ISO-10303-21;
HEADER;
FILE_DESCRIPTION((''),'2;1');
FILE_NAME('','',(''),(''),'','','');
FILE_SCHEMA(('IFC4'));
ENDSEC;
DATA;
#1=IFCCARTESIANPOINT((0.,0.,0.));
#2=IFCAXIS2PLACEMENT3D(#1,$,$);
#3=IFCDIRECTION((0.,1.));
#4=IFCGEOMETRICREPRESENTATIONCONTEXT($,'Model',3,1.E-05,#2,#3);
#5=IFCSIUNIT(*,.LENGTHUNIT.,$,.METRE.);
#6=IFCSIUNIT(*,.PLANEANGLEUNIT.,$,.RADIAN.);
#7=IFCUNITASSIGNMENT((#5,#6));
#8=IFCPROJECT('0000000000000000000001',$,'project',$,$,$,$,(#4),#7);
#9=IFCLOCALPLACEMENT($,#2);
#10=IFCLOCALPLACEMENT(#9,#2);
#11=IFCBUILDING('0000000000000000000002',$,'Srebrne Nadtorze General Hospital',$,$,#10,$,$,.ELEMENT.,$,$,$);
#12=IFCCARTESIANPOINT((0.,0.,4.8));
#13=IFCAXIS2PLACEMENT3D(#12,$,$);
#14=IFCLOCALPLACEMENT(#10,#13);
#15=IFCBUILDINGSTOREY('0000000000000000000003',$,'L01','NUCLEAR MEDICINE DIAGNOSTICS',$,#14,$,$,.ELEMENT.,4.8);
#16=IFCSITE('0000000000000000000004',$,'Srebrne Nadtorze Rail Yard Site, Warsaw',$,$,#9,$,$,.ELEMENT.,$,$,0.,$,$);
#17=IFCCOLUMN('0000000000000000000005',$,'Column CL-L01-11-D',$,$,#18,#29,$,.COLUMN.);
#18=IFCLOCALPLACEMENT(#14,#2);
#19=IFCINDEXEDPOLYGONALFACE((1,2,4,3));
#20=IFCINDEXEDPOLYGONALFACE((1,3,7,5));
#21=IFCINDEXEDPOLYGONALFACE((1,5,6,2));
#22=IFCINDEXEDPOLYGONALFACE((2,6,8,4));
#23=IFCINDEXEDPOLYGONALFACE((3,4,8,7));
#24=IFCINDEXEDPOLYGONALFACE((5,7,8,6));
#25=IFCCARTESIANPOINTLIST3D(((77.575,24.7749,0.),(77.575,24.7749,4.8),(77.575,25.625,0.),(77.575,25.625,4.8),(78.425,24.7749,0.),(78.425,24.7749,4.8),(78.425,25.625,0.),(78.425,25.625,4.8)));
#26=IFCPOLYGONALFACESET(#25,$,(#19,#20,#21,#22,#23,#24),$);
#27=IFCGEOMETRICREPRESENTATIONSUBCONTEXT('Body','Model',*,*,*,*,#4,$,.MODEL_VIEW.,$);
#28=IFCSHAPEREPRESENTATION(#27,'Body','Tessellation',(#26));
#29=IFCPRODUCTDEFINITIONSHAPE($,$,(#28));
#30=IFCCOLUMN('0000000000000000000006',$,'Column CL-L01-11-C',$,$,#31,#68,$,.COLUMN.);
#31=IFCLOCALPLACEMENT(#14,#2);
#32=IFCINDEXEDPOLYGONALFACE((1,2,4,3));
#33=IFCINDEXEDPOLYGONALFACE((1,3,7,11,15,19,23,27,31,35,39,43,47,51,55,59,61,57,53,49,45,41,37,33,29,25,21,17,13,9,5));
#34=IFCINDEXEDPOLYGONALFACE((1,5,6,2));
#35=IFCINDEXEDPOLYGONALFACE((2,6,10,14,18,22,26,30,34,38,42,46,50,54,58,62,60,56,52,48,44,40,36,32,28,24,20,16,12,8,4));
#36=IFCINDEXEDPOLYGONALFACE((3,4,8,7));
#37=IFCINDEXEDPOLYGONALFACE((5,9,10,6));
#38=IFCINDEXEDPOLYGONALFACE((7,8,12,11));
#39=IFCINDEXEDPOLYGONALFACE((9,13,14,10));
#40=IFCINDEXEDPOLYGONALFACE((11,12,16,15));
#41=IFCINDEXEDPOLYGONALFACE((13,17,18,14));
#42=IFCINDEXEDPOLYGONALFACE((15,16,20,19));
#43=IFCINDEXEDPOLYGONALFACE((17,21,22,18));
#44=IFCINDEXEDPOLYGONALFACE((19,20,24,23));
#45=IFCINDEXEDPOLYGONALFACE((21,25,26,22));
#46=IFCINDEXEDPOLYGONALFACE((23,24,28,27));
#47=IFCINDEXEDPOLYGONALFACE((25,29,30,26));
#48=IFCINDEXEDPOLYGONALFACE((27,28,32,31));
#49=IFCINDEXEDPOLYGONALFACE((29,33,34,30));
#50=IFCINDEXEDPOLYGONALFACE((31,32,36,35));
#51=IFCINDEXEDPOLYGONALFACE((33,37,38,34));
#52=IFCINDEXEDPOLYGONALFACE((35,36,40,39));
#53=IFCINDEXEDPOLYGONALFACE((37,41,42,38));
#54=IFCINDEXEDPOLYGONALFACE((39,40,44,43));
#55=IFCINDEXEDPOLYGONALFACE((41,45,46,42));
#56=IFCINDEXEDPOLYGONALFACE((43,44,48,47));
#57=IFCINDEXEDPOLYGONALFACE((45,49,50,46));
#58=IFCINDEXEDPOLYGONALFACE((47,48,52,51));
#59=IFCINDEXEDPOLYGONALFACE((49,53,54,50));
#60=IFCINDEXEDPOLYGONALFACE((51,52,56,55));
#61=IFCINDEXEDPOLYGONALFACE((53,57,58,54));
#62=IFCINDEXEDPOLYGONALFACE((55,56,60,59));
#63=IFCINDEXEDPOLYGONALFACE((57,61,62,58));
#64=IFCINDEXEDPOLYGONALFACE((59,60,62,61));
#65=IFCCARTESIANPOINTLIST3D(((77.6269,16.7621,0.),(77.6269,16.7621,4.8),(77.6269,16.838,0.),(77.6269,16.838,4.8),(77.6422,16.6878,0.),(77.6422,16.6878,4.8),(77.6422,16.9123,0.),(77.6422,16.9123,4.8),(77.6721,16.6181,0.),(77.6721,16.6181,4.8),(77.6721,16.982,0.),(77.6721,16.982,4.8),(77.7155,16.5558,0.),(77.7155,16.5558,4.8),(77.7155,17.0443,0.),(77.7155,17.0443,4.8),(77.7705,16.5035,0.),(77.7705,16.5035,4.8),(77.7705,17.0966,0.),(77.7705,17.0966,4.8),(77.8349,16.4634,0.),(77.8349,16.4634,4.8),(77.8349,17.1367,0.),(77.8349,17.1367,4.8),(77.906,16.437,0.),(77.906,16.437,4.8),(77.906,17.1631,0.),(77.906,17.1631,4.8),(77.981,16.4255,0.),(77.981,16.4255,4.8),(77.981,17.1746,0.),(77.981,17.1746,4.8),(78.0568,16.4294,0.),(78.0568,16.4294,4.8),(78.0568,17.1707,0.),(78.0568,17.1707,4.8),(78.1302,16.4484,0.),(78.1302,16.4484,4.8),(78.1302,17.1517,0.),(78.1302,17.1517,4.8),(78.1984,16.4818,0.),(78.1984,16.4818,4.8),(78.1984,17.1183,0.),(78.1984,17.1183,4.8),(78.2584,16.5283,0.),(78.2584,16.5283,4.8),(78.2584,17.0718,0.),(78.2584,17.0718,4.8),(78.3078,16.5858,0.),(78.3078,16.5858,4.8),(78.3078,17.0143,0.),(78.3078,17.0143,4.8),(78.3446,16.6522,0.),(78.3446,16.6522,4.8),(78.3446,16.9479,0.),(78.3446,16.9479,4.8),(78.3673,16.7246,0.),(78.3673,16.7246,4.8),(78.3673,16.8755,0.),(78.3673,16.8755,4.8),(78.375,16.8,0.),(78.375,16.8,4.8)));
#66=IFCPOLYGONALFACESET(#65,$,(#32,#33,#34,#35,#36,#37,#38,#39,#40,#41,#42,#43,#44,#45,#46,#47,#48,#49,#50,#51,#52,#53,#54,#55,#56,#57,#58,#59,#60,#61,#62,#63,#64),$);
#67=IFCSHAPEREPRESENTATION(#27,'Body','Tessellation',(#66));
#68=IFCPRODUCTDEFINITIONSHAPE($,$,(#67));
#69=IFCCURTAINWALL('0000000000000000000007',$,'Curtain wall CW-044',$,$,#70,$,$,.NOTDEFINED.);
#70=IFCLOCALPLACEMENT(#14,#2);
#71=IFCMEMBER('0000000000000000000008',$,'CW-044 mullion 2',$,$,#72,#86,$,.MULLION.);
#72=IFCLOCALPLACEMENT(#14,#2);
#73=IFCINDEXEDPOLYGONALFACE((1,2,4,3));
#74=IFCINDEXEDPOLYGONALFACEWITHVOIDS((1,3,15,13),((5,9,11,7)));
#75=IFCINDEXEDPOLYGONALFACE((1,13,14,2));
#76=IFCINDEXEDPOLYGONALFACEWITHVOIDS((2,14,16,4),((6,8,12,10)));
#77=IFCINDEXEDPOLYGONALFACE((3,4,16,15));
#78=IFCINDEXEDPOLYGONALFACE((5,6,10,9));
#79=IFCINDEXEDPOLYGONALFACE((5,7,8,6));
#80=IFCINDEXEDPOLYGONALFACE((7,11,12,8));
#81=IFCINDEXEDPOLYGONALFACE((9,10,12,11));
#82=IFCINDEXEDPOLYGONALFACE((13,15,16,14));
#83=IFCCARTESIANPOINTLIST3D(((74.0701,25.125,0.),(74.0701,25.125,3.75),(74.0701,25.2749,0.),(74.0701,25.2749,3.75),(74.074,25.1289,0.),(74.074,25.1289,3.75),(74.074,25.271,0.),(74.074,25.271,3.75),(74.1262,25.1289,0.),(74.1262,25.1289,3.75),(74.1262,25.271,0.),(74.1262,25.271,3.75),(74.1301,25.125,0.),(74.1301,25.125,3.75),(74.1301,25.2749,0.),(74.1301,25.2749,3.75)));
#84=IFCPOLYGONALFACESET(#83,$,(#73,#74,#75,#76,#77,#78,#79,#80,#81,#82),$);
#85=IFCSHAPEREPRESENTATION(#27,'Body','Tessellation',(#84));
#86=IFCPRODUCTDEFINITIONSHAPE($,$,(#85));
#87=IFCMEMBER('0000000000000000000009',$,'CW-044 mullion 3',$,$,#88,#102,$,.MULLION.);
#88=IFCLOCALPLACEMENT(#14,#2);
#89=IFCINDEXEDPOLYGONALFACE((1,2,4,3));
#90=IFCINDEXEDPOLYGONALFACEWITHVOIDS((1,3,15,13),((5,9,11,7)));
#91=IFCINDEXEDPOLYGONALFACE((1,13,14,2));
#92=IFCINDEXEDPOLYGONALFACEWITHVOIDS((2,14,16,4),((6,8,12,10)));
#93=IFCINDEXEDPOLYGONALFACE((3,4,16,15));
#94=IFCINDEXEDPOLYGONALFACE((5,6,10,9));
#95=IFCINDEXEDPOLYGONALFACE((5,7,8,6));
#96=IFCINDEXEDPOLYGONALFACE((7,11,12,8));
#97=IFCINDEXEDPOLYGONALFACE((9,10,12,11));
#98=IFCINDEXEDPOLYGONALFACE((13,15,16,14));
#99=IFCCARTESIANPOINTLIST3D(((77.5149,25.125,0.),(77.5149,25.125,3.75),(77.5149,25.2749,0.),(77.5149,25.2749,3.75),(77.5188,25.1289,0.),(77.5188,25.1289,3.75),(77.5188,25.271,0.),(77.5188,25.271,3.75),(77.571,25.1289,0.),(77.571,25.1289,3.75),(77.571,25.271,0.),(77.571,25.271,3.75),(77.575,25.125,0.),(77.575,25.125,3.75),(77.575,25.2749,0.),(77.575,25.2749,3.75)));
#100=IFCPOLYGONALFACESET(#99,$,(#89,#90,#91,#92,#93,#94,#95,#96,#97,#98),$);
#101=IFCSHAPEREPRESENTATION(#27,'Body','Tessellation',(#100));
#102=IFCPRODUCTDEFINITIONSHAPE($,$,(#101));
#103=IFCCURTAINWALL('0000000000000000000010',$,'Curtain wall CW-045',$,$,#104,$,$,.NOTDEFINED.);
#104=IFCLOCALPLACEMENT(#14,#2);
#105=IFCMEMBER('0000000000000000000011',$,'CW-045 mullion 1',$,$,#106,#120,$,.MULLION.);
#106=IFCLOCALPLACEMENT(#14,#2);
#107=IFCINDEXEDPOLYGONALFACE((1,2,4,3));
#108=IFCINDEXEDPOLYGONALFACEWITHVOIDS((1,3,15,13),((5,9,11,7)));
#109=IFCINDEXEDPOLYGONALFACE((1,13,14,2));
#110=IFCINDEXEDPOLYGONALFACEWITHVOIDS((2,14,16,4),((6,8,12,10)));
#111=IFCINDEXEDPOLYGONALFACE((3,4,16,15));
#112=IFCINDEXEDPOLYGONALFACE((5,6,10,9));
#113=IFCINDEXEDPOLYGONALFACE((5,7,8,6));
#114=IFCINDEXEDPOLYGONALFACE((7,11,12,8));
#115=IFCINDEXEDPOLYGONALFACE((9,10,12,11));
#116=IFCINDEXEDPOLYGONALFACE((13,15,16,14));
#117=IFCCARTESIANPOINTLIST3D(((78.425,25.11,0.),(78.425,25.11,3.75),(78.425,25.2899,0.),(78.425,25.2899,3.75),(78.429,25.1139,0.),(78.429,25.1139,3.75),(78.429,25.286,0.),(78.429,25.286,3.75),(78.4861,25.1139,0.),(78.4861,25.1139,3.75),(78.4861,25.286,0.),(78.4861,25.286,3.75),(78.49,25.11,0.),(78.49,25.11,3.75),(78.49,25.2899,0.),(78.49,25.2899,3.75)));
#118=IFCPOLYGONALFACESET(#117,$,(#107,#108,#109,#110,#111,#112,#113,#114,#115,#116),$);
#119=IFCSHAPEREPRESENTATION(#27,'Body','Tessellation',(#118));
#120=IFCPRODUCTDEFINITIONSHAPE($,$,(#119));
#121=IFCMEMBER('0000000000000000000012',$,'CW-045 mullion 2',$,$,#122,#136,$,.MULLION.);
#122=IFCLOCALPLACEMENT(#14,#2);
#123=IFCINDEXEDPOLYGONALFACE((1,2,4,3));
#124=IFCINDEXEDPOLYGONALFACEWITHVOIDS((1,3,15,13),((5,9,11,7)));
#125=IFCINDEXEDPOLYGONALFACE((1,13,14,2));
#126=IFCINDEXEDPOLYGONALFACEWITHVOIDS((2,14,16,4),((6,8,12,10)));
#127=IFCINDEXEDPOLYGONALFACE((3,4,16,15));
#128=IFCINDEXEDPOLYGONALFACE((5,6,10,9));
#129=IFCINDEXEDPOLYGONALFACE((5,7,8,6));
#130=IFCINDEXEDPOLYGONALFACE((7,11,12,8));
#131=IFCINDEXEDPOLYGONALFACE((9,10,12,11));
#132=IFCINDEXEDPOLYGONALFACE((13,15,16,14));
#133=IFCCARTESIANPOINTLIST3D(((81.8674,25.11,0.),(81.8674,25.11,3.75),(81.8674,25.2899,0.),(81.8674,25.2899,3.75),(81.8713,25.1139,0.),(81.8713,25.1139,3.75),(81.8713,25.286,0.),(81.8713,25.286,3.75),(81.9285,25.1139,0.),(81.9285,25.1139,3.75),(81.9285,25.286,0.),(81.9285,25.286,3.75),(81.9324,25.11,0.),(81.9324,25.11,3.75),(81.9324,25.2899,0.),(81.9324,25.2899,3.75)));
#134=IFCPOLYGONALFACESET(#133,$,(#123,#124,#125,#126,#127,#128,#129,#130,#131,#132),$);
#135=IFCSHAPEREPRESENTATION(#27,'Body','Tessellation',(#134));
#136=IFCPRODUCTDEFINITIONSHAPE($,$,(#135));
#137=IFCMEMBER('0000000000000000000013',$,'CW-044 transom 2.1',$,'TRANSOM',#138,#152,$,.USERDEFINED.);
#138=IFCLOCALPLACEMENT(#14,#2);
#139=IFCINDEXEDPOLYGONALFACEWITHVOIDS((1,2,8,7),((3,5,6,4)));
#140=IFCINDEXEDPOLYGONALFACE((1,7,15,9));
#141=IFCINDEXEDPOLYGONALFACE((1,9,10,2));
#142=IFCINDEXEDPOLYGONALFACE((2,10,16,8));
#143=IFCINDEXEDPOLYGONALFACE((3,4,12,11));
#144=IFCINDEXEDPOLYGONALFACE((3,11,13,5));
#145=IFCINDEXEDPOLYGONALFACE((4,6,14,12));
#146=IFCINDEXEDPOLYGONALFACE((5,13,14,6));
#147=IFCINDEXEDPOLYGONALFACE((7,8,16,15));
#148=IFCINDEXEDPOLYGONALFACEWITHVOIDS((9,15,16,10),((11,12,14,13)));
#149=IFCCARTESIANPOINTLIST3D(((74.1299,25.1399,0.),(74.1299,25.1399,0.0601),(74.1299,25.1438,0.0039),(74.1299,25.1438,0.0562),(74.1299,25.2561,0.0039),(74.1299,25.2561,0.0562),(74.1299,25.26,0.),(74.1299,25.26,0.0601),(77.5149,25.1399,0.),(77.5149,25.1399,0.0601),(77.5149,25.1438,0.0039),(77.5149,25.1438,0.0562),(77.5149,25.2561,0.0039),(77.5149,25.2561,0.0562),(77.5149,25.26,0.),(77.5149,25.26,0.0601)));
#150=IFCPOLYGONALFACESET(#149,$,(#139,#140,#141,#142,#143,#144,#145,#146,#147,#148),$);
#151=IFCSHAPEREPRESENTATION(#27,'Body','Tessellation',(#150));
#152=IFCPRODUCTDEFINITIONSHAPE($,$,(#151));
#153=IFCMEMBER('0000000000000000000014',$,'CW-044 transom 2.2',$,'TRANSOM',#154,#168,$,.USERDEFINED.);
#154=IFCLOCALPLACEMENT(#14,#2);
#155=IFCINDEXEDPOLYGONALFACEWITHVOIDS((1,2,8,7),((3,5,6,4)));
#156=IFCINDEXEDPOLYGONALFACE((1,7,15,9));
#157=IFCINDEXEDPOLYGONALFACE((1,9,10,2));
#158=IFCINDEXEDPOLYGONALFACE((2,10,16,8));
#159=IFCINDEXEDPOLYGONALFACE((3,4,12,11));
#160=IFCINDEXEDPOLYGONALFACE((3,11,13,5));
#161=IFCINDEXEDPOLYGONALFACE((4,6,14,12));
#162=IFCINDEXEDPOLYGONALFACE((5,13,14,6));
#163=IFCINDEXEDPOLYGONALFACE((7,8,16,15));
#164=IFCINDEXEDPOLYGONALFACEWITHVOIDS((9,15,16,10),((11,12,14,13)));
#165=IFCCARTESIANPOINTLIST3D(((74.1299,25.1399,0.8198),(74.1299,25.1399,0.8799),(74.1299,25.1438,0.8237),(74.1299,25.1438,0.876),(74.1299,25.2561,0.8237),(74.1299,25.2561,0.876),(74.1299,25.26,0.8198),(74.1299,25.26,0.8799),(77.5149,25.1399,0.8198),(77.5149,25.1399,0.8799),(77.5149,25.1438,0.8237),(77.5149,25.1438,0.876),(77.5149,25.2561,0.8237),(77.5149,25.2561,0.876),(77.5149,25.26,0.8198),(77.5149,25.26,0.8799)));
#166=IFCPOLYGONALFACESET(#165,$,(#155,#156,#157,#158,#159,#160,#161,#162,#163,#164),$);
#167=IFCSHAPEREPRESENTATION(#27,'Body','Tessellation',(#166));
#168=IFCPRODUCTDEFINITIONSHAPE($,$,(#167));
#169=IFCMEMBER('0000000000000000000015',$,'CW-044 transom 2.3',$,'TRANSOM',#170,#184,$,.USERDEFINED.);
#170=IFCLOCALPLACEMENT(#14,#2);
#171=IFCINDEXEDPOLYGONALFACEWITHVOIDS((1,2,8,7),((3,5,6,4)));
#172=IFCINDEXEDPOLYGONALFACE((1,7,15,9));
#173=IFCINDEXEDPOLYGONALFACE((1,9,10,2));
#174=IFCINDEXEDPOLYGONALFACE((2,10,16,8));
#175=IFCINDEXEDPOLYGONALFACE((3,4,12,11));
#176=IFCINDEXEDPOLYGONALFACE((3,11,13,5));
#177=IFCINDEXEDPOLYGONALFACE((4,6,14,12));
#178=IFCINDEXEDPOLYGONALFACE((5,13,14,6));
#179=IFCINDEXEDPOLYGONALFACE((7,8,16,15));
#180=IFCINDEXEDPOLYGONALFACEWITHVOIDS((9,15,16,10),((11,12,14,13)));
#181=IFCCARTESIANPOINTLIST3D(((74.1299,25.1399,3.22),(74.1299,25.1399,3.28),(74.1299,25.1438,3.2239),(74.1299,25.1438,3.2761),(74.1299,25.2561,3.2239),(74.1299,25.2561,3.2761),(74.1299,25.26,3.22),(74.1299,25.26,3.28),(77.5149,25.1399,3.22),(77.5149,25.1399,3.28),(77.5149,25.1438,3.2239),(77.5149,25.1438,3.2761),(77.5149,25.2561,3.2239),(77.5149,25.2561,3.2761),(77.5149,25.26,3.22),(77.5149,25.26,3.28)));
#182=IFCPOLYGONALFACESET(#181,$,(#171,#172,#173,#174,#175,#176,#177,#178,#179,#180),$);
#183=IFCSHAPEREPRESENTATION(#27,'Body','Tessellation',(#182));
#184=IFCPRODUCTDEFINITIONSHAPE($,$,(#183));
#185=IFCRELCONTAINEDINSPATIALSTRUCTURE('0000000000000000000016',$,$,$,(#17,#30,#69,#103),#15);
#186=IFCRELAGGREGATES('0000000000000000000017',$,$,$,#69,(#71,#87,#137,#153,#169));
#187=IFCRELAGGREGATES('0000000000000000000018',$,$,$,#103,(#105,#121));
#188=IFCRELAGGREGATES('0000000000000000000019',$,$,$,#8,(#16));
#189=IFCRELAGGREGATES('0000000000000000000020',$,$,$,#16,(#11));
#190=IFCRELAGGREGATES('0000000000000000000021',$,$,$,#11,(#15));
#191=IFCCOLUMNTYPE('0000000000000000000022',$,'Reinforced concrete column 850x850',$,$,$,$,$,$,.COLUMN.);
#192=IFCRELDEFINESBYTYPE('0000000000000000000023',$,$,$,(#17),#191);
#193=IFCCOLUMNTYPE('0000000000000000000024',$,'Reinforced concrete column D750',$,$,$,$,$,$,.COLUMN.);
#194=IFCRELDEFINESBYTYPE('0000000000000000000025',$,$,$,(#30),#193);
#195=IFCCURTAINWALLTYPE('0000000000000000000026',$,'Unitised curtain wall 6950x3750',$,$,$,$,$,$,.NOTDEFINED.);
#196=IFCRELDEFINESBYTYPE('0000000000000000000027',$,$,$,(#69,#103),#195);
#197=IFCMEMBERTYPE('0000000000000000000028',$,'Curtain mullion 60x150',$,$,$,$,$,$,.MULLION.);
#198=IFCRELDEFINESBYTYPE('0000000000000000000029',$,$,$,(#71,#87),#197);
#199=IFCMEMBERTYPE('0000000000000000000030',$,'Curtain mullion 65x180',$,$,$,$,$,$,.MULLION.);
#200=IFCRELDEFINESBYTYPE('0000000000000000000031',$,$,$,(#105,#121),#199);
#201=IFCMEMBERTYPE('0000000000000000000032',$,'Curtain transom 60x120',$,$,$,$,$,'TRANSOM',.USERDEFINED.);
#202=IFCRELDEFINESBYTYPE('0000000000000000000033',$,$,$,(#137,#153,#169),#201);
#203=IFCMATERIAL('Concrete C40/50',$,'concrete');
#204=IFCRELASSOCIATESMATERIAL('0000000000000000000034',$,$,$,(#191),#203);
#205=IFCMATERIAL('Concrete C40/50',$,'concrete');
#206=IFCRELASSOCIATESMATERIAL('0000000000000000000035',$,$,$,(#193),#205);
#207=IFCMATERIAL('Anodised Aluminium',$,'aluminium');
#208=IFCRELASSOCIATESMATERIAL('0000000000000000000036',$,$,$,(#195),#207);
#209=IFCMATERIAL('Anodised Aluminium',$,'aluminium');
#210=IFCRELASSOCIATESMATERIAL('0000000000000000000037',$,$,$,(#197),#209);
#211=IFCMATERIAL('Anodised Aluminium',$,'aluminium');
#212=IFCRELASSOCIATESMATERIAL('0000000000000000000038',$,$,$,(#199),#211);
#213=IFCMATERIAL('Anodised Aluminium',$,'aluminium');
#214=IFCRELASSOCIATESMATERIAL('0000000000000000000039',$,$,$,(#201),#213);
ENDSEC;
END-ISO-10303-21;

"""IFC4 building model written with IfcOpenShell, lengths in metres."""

from ifc_helpers import new_model, si_unit, direction, frame, origin, origin_2d, place, context, subcontext, project, spatial, rectangle, hollow_rectangle, circle, extrude, material, material_profile, profile_set, type_object, element, aggregate, save


model = new_model("IFC4")

# Units and contexts
model_context = context("Model", 3, precision=1e-05, world=origin(), true_north=direction((0.0, 1.0)))
body_context = subcontext(model_context, "Body", "Model", "MODEL_VIEW")
ifc_project = project(units=[si_unit("LENGTHUNIT", "METRE"), si_unit("PLANEANGLEUNIT", "RADIAN")], contexts=[model_context])

# Site, building, storey
site_placement = place(None, origin())
site = spatial("IfcSite", under=ifc_project, at=site_placement, Name="Srebrne Nadtorze Rail Yard Site, Warsaw", CompositionType="ELEMENT", RefElevation=0.0)
building_placement = place(site_placement, origin())
building = spatial("IfcBuilding", under=site, at=building_placement, Name="Srebrne Nadtorze General Hospital", CompositionType="ELEMENT")
storey_placement = place(building_placement, frame((0.0, 0.0, 4.8)))
storey = spatial("IfcBuildingStorey", under=building, at=storey_placement, Name="L01", Description="NUCLEAR MEDICINE DIAGNOSTICS", CompositionType="ELEMENT", Elevation=4.8)

# Columns
ifc_material_1 = material(Name="Concrete C40/50", Category="concrete")
ifc_material_profile_1 = material_profile(ifc_material_1, rectangle(XDim=0.8501, YDim=0.8501, at=origin_2d()), Name="RC-COL-850x850")
ifc_profile_set_1 = profile_set([ifc_material_profile_1], Name="Concrete C40/50")
column_type_1 = type_object("IfcColumnType", Name="Reinforced concrete column 850x850", PredefinedType="COLUMN", material=ifc_profile_set_1)
column_1_placement = place(storey_placement, frame((78.0, 25.2, 0.0), z_axis=(0.0, 0.0, 1.0), x_axis=(1.0, 0.0, 0.0)))
element("IfcColumn", 1, at=column_1_placement, inside=storey, type_object=column_type_1, Name="Column CL-L01-11-D", PredefinedType="COLUMN", context=body_context, shape_type="SweptSolid", body=[
    extrude(rectangle(XDim=0.8501, YDim=0.8501, at=origin_2d()), origin(), (0.0, 0.0, 1.0), 4.8),
])
ifc_material_2 = material(Name="Concrete C40/50", Category="concrete")
ifc_material_profile_2 = material_profile(ifc_material_2, circle(Radius=0.375, at=origin_2d()), Name="RC-COL-D750")
ifc_profile_set_2 = profile_set([ifc_material_profile_2], Name="Concrete C40/50")
column_type_2 = type_object("IfcColumnType", Name="Reinforced concrete column D750", PredefinedType="COLUMN", material=ifc_profile_set_2)
column_2_placement = place(storey_placement, frame((78.0, 16.8, 0.0), z_axis=(0.0, 0.0, 1.0), x_axis=(1.0, 0.0, 0.0)))
element("IfcColumn", 2, at=column_2_placement, inside=storey, type_object=column_type_2, Name="Column CL-L01-11-C", PredefinedType="COLUMN", context=body_context, shape_type="SweptSolid", body=[
    extrude(circle(Radius=0.375, at=origin_2d()), origin(), (0.0, 0.0, 1.0), 4.8),
])

# Curtain walls, members
ifc_material_3 = material(Name="Anodised Aluminium", Category="aluminium")
curtain_wall_type = type_object("IfcCurtainWallType", Name="Unitised curtain wall 6950x3750", PredefinedType="NOTDEFINED", material=ifc_material_3)
curtain_wall_1_placement = place(storey_placement, origin())
curtain_wall_1 = element("IfcCurtainWall", 3, at=curtain_wall_1_placement, inside=storey, type_object=curtain_wall_type, Name="Curtain wall CW-044", PredefinedType="NOTDEFINED")
ifc_material_4 = material(Name="Anodised Aluminium", Category="aluminium")
ifc_material_profile_3 = material_profile(ifc_material_4, hollow_rectangle(XDim=0.0601, YDim=0.1499, WallThickness=0.0039, at=origin_2d()), Name="AL-MUL-60x150")
ifc_profile_set_3 = profile_set([ifc_material_profile_3], Name="Anodised Aluminium")
member_type_1 = type_object("IfcMemberType", Name="Curtain mullion 60x150", PredefinedType="MULLION", material=ifc_profile_set_3)
member_1_placement = place(storey_placement, frame((74.1001, 25.2, 0.0), z_axis=(0.0, 0.0, 1.0), x_axis=(1.0, 0.0, 0.0)))
member_1 = element("IfcMember", 4, at=member_1_placement, type_object=member_type_1, Name="CW-044 mullion 2", PredefinedType="MULLION", context=body_context, shape_type="SweptSolid", body=[
    extrude(hollow_rectangle(XDim=0.0601, YDim=0.1499, WallThickness=0.0039, at=origin_2d()), origin(), (0.0, 0.0, 1.0), 3.75),
])
member_2_placement = place(storey_placement, frame((77.5449, 25.2, 0.0), z_axis=(0.0, 0.0, 1.0), x_axis=(1.0, 0.0, 0.0)))
member_2 = element("IfcMember", 5, at=member_2_placement, type_object=member_type_1, Name="CW-044 mullion 3", PredefinedType="MULLION", context=body_context, shape_type="SweptSolid", body=[
    extrude(hollow_rectangle(XDim=0.0601, YDim=0.1499, WallThickness=0.0039, at=origin_2d()), origin(), (0.0, 0.0, 1.0), 3.75),
])
curtain_wall_2_placement = place(storey_placement, origin())
curtain_wall_2 = element("IfcCurtainWall", 6, at=curtain_wall_2_placement, inside=storey, type_object=curtain_wall_type, Name="Curtain wall CW-045", PredefinedType="NOTDEFINED")
ifc_material_5 = material(Name="Anodised Aluminium", Category="aluminium")
ifc_material_profile_4 = material_profile(ifc_material_5, hollow_rectangle(XDim=0.0649, YDim=0.1799, WallThickness=0.0039, at=origin_2d()), Name="AL-MUL-65x180")
ifc_profile_set_4 = profile_set([ifc_material_profile_4], Name="Anodised Aluminium")
member_type_2 = type_object("IfcMemberType", Name="Curtain mullion 65x180", PredefinedType="MULLION", material=ifc_profile_set_4)
member_3_placement = place(storey_placement, frame((78.4575, 25.2, 0.0), z_axis=(0.0, 0.0, 1.0), x_axis=(1.0, 0.0, 0.0)))
member_3 = element("IfcMember", 7, at=member_3_placement, type_object=member_type_2, Name="CW-045 mullion 1", PredefinedType="MULLION", context=body_context, shape_type="SweptSolid", body=[
    extrude(hollow_rectangle(XDim=0.0649, YDim=0.1799, WallThickness=0.0039, at=origin_2d()), origin(), (0.0, 0.0, 1.0), 3.75),
])
member_4_placement = place(storey_placement, frame((81.8999, 25.2, 0.0), z_axis=(0.0, 0.0, 1.0), x_axis=(1.0, 0.0, 0.0)))
member_4 = element("IfcMember", 8, at=member_4_placement, type_object=member_type_2, Name="CW-045 mullion 2", PredefinedType="MULLION", context=body_context, shape_type="SweptSolid", body=[
    extrude(hollow_rectangle(XDim=0.0649, YDim=0.1799, WallThickness=0.0039, at=origin_2d()), origin(), (0.0, 0.0, 1.0), 3.75),
])

# Members
ifc_material_6 = material(Name="Anodised Aluminium", Category="aluminium")
ifc_material_profile_5 = material_profile(ifc_material_6, hollow_rectangle(XDim=0.0601, YDim=0.1201, WallThickness=0.0039, at=origin_2d()), Name="AL-TRN-60x120")
ifc_profile_set_5 = profile_set([ifc_material_profile_5], Name="Anodised Aluminium")
member_type_3 = type_object("IfcMemberType", Name="Curtain transom 60x120", ElementType="TRANSOM", PredefinedType="USERDEFINED", material=ifc_profile_set_5)
member_5_placement = place(storey_placement, frame((74.1299, 25.2, 0.03), z_axis=(1.0, 0.0, 0.0), x_axis=(0.0, 0.0, 1.0)))
member_5 = element("IfcMember", 9, at=member_5_placement, type_object=member_type_3, Name="CW-044 transom 2.1", ObjectType="TRANSOM", PredefinedType="USERDEFINED", context=body_context, shape_type="SweptSolid", body=[
    extrude(hollow_rectangle(XDim=0.0601, YDim=0.1201, WallThickness=0.0039, at=origin_2d()), origin(), (0.0, 0.0, 1.0), 3.385),
])
member_6_placement = place(storey_placement, frame((74.1299, 25.2, 0.8499), z_axis=(1.0, 0.0, 0.0), x_axis=(0.0, 0.0, 1.0)))
member_6 = element("IfcMember", 10, at=member_6_placement, type_object=member_type_3, Name="CW-044 transom 2.2", ObjectType="TRANSOM", PredefinedType="USERDEFINED", context=body_context, shape_type="SweptSolid", body=[
    extrude(hollow_rectangle(XDim=0.0601, YDim=0.1201, WallThickness=0.0039, at=origin_2d()), origin(), (0.0, 0.0, 1.0), 3.385),
])
member_7_placement = place(storey_placement, frame((74.1299, 25.2, 3.25), z_axis=(1.0, 0.0, 0.0), x_axis=(0.0, 0.0, 1.0)))
member_7 = element("IfcMember", 11, at=member_7_placement, type_object=member_type_3, Name="CW-044 transom 2.3", ObjectType="TRANSOM", PredefinedType="USERDEFINED", context=body_context, shape_type="SweptSolid", body=[
    extrude(hollow_rectangle(XDim=0.0601, YDim=0.1201, WallThickness=0.0039, at=origin_2d()), origin(), (0.0, 0.0, 1.0), 3.385),
])

aggregate(curtain_wall_1, [member_1, member_2, member_5, member_6, member_7])
aggregate(curtain_wall_2, [member_3, member_4])

save(model, "model.ifc")
